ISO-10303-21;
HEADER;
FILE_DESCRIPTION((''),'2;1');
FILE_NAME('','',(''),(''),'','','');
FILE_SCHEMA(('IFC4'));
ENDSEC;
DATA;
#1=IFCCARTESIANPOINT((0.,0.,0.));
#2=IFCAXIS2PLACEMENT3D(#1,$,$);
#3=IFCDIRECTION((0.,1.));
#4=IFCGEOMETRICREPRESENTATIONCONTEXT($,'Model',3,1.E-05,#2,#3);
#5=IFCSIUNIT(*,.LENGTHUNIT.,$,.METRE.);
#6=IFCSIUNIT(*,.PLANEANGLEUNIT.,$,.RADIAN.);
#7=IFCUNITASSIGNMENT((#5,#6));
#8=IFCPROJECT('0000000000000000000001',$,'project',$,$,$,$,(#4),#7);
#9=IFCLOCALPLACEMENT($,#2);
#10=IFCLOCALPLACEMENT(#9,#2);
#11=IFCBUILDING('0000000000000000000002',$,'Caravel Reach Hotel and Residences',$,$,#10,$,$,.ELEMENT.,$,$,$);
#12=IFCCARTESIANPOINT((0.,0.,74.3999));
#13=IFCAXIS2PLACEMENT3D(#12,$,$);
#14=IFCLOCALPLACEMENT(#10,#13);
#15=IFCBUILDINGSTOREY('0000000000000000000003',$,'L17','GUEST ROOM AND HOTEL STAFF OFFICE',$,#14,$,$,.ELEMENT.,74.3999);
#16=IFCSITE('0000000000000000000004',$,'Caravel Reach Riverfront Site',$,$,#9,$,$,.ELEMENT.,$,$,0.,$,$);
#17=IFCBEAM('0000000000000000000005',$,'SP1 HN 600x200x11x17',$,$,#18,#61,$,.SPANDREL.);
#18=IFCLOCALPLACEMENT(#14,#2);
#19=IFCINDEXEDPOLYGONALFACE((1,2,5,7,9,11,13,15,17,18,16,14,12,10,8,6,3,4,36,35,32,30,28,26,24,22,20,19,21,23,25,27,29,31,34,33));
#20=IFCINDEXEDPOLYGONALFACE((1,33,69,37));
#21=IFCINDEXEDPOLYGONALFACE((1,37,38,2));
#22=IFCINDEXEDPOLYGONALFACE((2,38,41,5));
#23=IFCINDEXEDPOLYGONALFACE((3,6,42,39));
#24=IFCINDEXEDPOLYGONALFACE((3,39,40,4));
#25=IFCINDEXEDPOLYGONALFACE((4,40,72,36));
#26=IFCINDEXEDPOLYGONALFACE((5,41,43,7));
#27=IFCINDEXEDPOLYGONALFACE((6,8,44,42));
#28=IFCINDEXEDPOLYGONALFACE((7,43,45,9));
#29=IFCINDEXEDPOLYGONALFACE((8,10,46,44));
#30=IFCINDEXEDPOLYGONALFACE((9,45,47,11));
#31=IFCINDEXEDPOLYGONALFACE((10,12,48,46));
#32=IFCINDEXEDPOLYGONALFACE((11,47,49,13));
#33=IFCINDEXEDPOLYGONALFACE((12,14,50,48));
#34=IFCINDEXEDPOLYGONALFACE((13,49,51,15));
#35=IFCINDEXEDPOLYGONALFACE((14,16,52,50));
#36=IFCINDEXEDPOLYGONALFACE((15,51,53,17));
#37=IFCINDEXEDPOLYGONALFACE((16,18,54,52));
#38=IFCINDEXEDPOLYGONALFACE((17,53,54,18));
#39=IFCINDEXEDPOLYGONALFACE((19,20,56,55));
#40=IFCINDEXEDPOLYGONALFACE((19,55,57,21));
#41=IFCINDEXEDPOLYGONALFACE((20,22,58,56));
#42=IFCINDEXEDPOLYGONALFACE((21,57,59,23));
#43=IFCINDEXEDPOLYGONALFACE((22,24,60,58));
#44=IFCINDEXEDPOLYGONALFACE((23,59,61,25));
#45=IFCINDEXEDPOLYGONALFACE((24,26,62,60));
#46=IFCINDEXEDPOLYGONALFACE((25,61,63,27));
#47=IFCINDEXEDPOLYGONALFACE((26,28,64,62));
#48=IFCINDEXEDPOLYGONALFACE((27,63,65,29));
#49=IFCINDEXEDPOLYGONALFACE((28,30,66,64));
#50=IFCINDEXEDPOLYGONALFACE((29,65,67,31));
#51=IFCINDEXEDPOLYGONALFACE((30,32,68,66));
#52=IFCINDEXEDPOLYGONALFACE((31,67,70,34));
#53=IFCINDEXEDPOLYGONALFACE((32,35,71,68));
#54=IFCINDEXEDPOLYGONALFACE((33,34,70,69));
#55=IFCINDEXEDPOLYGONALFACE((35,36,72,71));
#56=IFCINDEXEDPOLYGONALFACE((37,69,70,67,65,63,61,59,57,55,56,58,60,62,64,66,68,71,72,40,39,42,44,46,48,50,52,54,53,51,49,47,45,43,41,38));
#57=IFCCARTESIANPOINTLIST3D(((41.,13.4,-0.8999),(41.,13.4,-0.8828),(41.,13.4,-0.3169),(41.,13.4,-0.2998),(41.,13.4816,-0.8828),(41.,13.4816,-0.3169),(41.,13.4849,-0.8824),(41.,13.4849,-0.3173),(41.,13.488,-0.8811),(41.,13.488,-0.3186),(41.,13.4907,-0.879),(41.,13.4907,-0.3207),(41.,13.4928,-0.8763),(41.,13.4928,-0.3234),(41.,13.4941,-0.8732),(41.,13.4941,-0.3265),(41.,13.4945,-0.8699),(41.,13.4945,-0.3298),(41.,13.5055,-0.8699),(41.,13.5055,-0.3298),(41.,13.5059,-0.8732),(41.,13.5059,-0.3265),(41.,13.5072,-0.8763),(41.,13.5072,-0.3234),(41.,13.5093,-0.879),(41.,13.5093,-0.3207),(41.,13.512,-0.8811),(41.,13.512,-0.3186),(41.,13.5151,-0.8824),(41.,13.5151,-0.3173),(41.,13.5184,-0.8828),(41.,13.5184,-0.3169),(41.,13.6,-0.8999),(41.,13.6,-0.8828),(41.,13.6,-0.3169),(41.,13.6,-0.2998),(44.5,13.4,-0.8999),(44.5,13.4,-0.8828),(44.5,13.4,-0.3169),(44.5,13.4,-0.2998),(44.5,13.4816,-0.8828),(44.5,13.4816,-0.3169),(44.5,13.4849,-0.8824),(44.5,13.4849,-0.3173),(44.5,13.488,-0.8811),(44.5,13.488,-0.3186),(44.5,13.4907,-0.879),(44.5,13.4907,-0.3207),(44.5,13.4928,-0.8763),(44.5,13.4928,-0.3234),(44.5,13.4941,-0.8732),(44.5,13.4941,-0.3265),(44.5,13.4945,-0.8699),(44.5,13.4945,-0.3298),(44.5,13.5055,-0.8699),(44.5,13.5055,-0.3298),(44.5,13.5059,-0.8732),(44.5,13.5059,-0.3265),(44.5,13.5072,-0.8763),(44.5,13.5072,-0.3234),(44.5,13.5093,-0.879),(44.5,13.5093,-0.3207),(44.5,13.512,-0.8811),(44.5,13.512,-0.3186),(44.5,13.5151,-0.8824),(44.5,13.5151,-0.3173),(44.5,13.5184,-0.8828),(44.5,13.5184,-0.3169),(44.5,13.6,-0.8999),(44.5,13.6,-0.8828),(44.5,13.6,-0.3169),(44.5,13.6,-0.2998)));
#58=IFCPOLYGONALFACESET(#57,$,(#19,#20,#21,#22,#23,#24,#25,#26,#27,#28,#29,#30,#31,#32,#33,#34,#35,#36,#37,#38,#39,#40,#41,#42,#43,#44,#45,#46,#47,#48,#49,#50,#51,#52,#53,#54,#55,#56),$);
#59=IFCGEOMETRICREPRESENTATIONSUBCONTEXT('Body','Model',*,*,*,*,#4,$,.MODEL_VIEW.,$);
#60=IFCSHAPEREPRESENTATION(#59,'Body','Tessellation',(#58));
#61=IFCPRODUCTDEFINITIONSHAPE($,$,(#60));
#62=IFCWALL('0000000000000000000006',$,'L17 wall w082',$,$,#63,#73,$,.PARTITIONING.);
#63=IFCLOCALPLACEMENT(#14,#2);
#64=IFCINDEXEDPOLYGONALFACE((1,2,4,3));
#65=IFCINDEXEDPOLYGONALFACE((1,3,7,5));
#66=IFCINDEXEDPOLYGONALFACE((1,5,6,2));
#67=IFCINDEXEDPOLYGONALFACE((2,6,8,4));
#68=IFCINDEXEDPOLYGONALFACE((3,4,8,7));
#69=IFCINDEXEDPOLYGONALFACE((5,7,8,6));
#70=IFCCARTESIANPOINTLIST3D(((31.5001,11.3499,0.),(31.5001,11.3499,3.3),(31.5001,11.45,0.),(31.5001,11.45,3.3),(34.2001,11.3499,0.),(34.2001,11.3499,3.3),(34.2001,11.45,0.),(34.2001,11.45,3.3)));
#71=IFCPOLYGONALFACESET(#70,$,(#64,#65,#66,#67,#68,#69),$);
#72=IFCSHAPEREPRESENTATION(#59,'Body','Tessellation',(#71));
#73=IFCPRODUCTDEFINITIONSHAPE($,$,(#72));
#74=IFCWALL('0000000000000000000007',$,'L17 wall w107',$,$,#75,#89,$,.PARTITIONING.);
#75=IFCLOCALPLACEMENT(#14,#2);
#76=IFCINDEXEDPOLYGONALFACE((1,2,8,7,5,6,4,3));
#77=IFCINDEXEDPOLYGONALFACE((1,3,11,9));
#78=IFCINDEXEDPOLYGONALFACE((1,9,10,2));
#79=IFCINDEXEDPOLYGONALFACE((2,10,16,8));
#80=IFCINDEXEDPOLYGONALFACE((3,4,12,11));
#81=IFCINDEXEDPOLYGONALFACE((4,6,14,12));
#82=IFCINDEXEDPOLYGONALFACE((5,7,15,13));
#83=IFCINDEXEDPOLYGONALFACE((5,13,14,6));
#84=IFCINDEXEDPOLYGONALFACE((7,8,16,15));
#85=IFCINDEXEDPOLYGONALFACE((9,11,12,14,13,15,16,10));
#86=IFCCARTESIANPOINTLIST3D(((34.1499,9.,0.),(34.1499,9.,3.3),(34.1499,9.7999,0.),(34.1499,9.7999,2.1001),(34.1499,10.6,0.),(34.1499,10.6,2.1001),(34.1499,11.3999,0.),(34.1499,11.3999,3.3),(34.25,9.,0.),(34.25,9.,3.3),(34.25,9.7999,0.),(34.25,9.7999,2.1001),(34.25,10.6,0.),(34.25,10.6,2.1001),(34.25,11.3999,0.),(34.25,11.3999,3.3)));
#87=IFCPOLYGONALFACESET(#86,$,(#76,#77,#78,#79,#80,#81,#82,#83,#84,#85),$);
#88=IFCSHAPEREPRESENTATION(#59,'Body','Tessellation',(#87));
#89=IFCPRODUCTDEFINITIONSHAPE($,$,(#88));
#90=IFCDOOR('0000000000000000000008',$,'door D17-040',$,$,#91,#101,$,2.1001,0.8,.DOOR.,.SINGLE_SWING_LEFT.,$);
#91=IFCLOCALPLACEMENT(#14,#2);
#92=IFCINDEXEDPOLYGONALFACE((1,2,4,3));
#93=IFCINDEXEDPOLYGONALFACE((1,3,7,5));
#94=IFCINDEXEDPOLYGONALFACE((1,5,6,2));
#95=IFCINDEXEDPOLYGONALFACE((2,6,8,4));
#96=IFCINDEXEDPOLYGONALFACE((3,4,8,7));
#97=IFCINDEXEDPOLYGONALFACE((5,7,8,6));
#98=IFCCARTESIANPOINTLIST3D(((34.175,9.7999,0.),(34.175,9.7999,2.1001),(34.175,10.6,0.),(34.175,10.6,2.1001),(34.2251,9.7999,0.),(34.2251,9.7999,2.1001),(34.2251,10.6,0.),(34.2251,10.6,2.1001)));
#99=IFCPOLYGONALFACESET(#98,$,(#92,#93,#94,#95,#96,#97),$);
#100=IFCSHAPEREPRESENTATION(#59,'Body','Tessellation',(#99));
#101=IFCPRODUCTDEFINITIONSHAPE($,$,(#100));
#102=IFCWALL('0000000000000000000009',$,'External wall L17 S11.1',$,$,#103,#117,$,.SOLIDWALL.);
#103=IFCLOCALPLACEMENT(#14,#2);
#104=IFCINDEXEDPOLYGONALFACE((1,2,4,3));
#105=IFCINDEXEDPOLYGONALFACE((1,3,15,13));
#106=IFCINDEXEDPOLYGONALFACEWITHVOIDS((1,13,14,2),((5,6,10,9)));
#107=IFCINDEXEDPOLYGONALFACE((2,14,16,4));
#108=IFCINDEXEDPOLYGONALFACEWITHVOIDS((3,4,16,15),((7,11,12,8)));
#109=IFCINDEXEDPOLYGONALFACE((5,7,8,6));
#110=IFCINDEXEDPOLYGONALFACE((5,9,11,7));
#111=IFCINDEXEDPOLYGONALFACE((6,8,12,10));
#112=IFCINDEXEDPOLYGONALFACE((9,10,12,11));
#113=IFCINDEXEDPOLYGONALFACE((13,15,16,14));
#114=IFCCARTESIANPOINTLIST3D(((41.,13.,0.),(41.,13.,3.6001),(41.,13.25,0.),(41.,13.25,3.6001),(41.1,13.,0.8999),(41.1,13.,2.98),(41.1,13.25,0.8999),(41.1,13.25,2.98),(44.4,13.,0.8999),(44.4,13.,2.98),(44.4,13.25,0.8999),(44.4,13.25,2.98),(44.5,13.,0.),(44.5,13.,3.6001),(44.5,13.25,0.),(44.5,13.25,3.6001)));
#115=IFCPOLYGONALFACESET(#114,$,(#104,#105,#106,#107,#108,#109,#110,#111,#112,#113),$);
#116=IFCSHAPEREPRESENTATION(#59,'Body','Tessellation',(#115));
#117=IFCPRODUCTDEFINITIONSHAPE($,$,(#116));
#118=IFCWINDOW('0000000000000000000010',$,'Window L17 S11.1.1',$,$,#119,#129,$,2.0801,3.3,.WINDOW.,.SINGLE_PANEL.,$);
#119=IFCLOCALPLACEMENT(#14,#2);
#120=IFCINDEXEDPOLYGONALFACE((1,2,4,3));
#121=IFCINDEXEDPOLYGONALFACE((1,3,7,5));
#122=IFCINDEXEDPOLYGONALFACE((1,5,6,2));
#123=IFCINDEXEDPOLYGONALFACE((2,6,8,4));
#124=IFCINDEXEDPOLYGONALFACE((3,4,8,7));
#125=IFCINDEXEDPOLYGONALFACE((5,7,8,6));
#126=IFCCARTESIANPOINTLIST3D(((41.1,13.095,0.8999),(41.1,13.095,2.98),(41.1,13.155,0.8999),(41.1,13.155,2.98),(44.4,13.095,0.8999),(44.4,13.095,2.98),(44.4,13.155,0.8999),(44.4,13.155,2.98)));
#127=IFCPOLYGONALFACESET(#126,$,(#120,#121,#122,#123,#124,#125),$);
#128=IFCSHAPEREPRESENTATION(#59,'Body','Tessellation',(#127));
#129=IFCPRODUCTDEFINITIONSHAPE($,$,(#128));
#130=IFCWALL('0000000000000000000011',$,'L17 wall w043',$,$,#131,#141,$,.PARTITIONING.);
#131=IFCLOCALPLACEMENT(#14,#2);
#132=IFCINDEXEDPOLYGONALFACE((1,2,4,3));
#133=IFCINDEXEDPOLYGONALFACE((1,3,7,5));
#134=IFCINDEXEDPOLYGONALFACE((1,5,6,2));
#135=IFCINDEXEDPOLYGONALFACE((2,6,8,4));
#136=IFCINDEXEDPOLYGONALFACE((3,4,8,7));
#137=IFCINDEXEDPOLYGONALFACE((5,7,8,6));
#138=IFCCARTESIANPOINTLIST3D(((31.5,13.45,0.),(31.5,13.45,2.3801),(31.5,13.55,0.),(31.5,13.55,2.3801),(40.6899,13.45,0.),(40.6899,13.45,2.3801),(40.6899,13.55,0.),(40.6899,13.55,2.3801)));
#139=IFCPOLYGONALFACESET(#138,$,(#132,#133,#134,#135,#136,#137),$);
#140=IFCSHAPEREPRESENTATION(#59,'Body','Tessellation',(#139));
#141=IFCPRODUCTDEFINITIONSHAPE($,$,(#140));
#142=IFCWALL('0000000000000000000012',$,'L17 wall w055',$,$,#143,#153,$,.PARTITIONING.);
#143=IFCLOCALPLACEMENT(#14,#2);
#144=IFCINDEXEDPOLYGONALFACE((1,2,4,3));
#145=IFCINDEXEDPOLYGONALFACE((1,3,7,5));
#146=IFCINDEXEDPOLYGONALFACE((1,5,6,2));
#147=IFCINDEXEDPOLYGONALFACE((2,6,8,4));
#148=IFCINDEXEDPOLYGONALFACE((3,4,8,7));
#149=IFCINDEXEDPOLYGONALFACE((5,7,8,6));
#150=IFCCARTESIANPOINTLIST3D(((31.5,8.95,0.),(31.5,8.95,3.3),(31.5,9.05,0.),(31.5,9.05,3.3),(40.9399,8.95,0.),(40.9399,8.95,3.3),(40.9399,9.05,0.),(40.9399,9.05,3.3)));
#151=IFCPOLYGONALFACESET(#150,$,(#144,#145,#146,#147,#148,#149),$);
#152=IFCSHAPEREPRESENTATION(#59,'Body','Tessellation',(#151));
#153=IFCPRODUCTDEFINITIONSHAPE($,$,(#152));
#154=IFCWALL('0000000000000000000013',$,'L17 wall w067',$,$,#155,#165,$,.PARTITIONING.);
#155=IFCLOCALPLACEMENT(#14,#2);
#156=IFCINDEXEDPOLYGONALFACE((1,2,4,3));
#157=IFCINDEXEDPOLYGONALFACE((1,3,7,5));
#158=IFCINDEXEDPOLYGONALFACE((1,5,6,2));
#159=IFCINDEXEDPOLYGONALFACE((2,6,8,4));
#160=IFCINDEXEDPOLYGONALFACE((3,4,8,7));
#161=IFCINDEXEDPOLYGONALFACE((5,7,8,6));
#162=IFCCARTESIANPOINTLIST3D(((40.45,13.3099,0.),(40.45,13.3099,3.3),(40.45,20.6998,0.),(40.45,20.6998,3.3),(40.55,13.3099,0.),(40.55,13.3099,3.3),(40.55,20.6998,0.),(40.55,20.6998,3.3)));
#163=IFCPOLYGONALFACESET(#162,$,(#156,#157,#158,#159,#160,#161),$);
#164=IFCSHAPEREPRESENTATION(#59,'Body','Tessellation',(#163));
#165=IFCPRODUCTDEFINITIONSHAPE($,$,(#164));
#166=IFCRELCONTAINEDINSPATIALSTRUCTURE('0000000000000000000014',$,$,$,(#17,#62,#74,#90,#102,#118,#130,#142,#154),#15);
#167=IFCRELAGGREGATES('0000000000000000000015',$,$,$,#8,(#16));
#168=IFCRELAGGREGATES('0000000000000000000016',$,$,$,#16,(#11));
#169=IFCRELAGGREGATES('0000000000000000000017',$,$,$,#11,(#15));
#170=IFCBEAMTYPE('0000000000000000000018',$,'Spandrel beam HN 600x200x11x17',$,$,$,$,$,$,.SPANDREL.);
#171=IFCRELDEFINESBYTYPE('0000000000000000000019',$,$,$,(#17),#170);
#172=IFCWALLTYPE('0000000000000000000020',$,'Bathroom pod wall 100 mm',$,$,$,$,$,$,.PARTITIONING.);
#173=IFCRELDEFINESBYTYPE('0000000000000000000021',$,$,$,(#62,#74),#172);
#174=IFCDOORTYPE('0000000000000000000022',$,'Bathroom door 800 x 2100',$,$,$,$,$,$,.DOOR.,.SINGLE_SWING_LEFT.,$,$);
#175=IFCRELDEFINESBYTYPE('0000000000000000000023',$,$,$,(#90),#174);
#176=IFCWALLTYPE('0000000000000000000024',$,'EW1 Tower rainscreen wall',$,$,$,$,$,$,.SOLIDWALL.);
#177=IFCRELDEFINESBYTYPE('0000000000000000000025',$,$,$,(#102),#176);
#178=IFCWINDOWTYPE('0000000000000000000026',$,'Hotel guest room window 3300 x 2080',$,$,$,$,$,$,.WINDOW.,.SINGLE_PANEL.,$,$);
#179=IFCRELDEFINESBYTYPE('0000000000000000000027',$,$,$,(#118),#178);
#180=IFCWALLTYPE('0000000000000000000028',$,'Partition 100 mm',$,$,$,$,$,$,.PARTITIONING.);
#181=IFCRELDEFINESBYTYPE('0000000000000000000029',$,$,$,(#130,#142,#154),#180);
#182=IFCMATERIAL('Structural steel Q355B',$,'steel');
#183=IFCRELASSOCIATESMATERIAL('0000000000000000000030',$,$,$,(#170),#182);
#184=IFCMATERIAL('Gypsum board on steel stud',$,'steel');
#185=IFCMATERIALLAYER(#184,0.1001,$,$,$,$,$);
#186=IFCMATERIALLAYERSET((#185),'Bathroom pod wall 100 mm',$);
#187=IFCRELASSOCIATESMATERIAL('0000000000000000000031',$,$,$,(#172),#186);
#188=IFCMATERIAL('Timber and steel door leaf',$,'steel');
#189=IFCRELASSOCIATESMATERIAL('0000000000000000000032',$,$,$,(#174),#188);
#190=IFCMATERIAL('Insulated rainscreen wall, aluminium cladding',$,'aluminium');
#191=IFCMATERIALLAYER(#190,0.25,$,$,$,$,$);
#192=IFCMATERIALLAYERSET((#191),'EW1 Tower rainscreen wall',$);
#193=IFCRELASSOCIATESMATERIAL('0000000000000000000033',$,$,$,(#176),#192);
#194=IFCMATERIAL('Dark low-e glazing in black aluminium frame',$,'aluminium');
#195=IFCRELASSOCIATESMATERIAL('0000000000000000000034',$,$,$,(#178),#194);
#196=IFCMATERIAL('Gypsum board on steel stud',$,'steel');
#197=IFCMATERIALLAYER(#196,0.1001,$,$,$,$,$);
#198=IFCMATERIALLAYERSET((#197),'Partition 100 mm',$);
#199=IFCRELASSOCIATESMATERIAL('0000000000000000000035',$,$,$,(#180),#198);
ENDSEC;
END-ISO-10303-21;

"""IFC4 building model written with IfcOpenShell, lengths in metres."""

from ifc_helpers import new_model, si_unit, direction, frame, frame_2d, origin, origin_2d, place, context, subcontext, project, spatial, rectangle, i_section, extrude, material, layer, layer_set, material_profile, profile_set, type_object, element, fill, save


model = new_model("IFC4")

# Units and contexts
model_context = context("Model", 3, precision=1e-05, world=origin(), true_north=direction((0.0, 1.0)))
body_context = subcontext(model_context, "Body", "Model", "MODEL_VIEW")
ifc_project = project(units=[si_unit("LENGTHUNIT", "METRE"), si_unit("PLANEANGLEUNIT", "RADIAN")], contexts=[model_context])

# Site, building, storey
site_placement = place(None, origin())
site = spatial("IfcSite", under=ifc_project, at=site_placement, Name="Caravel Reach Riverfront Site", CompositionType="ELEMENT", RefElevation=0.0)
building_placement = place(site_placement, origin())
building = spatial("IfcBuilding", under=site, at=building_placement, Name="Caravel Reach Hotel and Residences", CompositionType="ELEMENT")
storey_placement = place(building_placement, frame((0.0, 0.0, 74.3999)))
storey = spatial("IfcBuildingStorey", under=building, at=storey_placement, Name="L17", Description="GUEST ROOM AND HOTEL STAFF OFFICE", CompositionType="ELEMENT", Elevation=74.3999)

# Beam
ifc_material_1 = material(Name="Structural steel Q355B", Category="steel")
ifc_material_profile_1 = material_profile(ifc_material_1, i_section(OverallWidth=0.2, OverallDepth=0.6001, WebThickness=0.011, FlangeThickness=0.0171, FilletRadius=0.0129, at=origin_2d()), Name="HN 600x200x11x17")
ifc_profile_set_1 = profile_set([ifc_material_profile_1], Name="Structural steel Q355B")
beam_type_1 = type_object("IfcBeamType", Name="Spandrel beam HN 600x200x11x17", PredefinedType="SPANDREL", material=ifc_profile_set_1)
beam_1_placement = place(storey_placement, frame((41.0, 13.5, -0.5999), z_axis=(1.0, 0.0, 0.0), x_axis=(0.0, 1.0, 0.0)))
element("IfcBeam", 1, at=beam_1_placement, inside=storey, type_object=beam_type_1, Name="SP1 HN 600x200x11x17", PredefinedType="SPANDREL", context=body_context, shape_type="SweptSolid", body=[
    extrude(i_section(OverallWidth=0.2, OverallDepth=0.6001, WebThickness=0.011, FlangeThickness=0.0171, FilletRadius=0.0129, at=origin_2d()), origin(), (0.0, 0.0, 1.0), 3.5),
])

# Wall
ifc_material_2 = material(Name="Gypsum board on steel stud", Category="steel")
ifc_layer_1 = layer(ifc_material_2, 0.1001)
ifc_layer_set_1 = layer_set([ifc_layer_1], Name="Bathroom pod wall 100 mm")
wall_type_1 = type_object("IfcWallType", Name="Bathroom pod wall 100 mm", PredefinedType="PARTITIONING", material=ifc_layer_set_1)
wall_1_placement = place(storey_placement, frame((31.5, 11.3999, 0.0), z_axis=(0.0, 0.0, 1.0), x_axis=(1.0, 0.0, 0.0)))
element("IfcWall", 2, at=wall_1_placement, inside=storey, type_object=wall_type_1, Name="L17 wall w082", PredefinedType="PARTITIONING", context=body_context, shape_type="SweptSolid", body=[
    extrude(rectangle(XDim=2.7, YDim=0.1001, at=frame_2d((1.3501, 0.0))), origin(), (0.0, 0.0, 1.0), 3.3),
])

# Wall, opening, door
wall_2_placement = place(storey_placement, frame((34.2, 9.0, 0.0), z_axis=(0.0, 0.0, 1.0), x_axis=(0.0, 1.0, 0.0)))
wall_2 = element("IfcWall", 3, at=wall_2_placement, inside=storey, type_object=wall_type_1, Name="L17 wall w107", PredefinedType="PARTITIONING", context=body_context, shape_type="SweptSolid", body=[
    extrude(rectangle(XDim=2.3999, YDim=0.1001, at=frame_2d((1.2, 0.0))), origin(), (0.0, 0.0, 1.0), 3.3),
])
opening_1_placement = place(wall_2_placement, frame((0.8, 0.0, 0.0)))
opening_1 = element("IfcOpeningElement", 4, at=opening_1_placement, cuts=wall_2, PredefinedType="OPENING", context=body_context, shape_type="SweptSolid", body=[
    extrude(rectangle(XDim=0.8, YDim=2.1001, at=frame_2d((0.3999, 1.05))), frame((0.0, 0.0601, 0.0), z_axis=(0.0, -1.0, 0.0), x_axis=(1.0, 0.0, 0.0)), (0.0, 0.0, 1.0), 0.1201),
])
ifc_material_3 = material(Name="Timber and steel door leaf", Category="steel")
door_type = type_object("IfcDoorType", Name="Bathroom door 800 x 2100", OperationType="SINGLE_SWING_LEFT", PredefinedType="DOOR", material=ifc_material_3)
door_placement = place(opening_1_placement, origin())
door = element("IfcDoor", 5, at=door_placement, inside=storey, type_object=door_type, Name="door D17-040", OperationType="SINGLE_SWING_LEFT", OverallHeight=2.1001, OverallWidth=0.8, PredefinedType="DOOR", context=body_context, shape_type="SweptSolid", body=[
    extrude(rectangle(XDim=0.8, YDim=2.1001, at=frame_2d((0.3999, 1.05))), frame((0.0, 0.0249, 0.0), z_axis=(0.0, -1.0, 0.0), x_axis=(1.0, 0.0, 0.0)), (0.0, 0.0, 1.0), 0.05),
])
fill(opening_1, door)

# Wall, opening, window
ifc_material_4 = material(Name="Insulated rainscreen wall, aluminium cladding", Category="aluminium")
ifc_layer_2 = layer(ifc_material_4, 0.25)
ifc_layer_set_2 = layer_set([ifc_layer_2], Name="EW1 Tower rainscreen wall")
wall_type_2 = type_object("IfcWallType", Name="EW1 Tower rainscreen wall", PredefinedType="SOLIDWALL", material=ifc_layer_set_2)
wall_3_placement = place(storey_placement, frame((41.0, 13.125, 0.0), z_axis=(0.0, 0.0, 1.0), x_axis=(1.0, 0.0, 0.0)))
wall_3 = element("IfcWall", 6, at=wall_3_placement, inside=storey, type_object=wall_type_2, Name="External wall L17 S11.1", PredefinedType="SOLIDWALL", context=body_context, shape_type="SweptSolid", body=[
    extrude(rectangle(XDim=3.5, YDim=0.25, at=frame_2d((1.75, 0.0))), origin(), (0.0, 0.0, 1.0), 3.6001),
])
opening_2_placement = place(wall_3_placement, frame((0.1001, 0.0, 0.8999)))
opening_2 = element("IfcOpeningElement", 7, at=opening_2_placement, cuts=wall_3, PredefinedType="OPENING", context=body_context, shape_type="SweptSolid", body=[
    extrude(rectangle(XDim=3.3, YDim=2.0801, at=frame_2d((1.6499, 1.04))), frame((0.0, 0.135, 0.0), z_axis=(0.0, -1.0, 0.0), x_axis=(1.0, 0.0, 0.0)), (0.0, 0.0, 1.0), 0.27),
])
ifc_material_5 = material(Name="Dark low-e glazing in black aluminium frame", Category="aluminium")
window_type = type_object("IfcWindowType", Name="Hotel guest room window 3300 x 2080", PartitioningType="SINGLE_PANEL", PredefinedType="WINDOW", material=ifc_material_5)
window_placement = place(opening_2_placement, origin())
window = element("IfcWindow", 8, at=window_placement, inside=storey, type_object=window_type, Name="Window L17 S11.1.1", OverallHeight=2.0801, OverallWidth=3.3, PartitioningType="SINGLE_PANEL", PredefinedType="WINDOW", context=body_context, shape_type="SweptSolid", body=[
    extrude(rectangle(XDim=3.3, YDim=2.0801, at=frame_2d((1.6499, 1.04))), frame((0.0, 0.03, 0.0), z_axis=(0.0, -1.0, 0.0), x_axis=(1.0, 0.0, 0.0)), (0.0, 0.0, 1.0), 0.0601),
])
fill(opening_2, window)

# Walls
ifc_material_6 = material(Name="Gypsum board on steel stud", Category="steel")
ifc_layer_3 = layer(ifc_material_6, 0.1001)
ifc_layer_set_3 = layer_set([ifc_layer_3], Name="Partition 100 mm")
wall_type_3 = type_object("IfcWallType", Name="Partition 100 mm", PredefinedType="PARTITIONING", material=ifc_layer_set_3)
wall_4_placement = place(storey_placement, frame((31.5, 13.5, 0.0), z_axis=(0.0, 0.0, 1.0), x_axis=(1.0, 0.0, 0.0)))
element("IfcWall", 9, at=wall_4_placement, inside=storey, type_object=wall_type_3, Name="L17 wall w043", PredefinedType="PARTITIONING", context=body_context, shape_type="SweptSolid", body=[
    extrude(rectangle(XDim=9.1899, YDim=0.1001, at=frame_2d((4.595, 0.0))), origin(), (0.0, 0.0, 1.0), 2.3801),
])
wall_5_placement = place(storey_placement, frame((31.5, 9.0, 0.0), z_axis=(0.0, 0.0, 1.0), x_axis=(1.0, 0.0, 0.0)))
element("IfcWall", 10, at=wall_5_placement, inside=storey, type_object=wall_type_3, Name="L17 wall w055", PredefinedType="PARTITIONING", context=body_context, shape_type="SweptSolid", body=[
    extrude(rectangle(XDim=9.4399, YDim=0.1001, at=frame_2d((4.72, 0.0))), origin(), (0.0, 0.0, 1.0), 3.3),
])
wall_6_placement = place(storey_placement, frame((40.5, 13.3101, 0.0), z_axis=(0.0, 0.0, 1.0), x_axis=(0.0, 1.0, 0.0)))
element("IfcWall", 11, at=wall_6_placement, inside=storey, type_object=wall_type_3, Name="L17 wall w067", PredefinedType="PARTITIONING", context=body_context, shape_type="SweptSolid", body=[
    extrude(rectangle(XDim=7.3899, YDim=0.1001, at=frame_2d((3.6948, 0.0))), origin(), (0.0, 0.0, 1.0), 3.3),
])

save(model, "model.ifc")
